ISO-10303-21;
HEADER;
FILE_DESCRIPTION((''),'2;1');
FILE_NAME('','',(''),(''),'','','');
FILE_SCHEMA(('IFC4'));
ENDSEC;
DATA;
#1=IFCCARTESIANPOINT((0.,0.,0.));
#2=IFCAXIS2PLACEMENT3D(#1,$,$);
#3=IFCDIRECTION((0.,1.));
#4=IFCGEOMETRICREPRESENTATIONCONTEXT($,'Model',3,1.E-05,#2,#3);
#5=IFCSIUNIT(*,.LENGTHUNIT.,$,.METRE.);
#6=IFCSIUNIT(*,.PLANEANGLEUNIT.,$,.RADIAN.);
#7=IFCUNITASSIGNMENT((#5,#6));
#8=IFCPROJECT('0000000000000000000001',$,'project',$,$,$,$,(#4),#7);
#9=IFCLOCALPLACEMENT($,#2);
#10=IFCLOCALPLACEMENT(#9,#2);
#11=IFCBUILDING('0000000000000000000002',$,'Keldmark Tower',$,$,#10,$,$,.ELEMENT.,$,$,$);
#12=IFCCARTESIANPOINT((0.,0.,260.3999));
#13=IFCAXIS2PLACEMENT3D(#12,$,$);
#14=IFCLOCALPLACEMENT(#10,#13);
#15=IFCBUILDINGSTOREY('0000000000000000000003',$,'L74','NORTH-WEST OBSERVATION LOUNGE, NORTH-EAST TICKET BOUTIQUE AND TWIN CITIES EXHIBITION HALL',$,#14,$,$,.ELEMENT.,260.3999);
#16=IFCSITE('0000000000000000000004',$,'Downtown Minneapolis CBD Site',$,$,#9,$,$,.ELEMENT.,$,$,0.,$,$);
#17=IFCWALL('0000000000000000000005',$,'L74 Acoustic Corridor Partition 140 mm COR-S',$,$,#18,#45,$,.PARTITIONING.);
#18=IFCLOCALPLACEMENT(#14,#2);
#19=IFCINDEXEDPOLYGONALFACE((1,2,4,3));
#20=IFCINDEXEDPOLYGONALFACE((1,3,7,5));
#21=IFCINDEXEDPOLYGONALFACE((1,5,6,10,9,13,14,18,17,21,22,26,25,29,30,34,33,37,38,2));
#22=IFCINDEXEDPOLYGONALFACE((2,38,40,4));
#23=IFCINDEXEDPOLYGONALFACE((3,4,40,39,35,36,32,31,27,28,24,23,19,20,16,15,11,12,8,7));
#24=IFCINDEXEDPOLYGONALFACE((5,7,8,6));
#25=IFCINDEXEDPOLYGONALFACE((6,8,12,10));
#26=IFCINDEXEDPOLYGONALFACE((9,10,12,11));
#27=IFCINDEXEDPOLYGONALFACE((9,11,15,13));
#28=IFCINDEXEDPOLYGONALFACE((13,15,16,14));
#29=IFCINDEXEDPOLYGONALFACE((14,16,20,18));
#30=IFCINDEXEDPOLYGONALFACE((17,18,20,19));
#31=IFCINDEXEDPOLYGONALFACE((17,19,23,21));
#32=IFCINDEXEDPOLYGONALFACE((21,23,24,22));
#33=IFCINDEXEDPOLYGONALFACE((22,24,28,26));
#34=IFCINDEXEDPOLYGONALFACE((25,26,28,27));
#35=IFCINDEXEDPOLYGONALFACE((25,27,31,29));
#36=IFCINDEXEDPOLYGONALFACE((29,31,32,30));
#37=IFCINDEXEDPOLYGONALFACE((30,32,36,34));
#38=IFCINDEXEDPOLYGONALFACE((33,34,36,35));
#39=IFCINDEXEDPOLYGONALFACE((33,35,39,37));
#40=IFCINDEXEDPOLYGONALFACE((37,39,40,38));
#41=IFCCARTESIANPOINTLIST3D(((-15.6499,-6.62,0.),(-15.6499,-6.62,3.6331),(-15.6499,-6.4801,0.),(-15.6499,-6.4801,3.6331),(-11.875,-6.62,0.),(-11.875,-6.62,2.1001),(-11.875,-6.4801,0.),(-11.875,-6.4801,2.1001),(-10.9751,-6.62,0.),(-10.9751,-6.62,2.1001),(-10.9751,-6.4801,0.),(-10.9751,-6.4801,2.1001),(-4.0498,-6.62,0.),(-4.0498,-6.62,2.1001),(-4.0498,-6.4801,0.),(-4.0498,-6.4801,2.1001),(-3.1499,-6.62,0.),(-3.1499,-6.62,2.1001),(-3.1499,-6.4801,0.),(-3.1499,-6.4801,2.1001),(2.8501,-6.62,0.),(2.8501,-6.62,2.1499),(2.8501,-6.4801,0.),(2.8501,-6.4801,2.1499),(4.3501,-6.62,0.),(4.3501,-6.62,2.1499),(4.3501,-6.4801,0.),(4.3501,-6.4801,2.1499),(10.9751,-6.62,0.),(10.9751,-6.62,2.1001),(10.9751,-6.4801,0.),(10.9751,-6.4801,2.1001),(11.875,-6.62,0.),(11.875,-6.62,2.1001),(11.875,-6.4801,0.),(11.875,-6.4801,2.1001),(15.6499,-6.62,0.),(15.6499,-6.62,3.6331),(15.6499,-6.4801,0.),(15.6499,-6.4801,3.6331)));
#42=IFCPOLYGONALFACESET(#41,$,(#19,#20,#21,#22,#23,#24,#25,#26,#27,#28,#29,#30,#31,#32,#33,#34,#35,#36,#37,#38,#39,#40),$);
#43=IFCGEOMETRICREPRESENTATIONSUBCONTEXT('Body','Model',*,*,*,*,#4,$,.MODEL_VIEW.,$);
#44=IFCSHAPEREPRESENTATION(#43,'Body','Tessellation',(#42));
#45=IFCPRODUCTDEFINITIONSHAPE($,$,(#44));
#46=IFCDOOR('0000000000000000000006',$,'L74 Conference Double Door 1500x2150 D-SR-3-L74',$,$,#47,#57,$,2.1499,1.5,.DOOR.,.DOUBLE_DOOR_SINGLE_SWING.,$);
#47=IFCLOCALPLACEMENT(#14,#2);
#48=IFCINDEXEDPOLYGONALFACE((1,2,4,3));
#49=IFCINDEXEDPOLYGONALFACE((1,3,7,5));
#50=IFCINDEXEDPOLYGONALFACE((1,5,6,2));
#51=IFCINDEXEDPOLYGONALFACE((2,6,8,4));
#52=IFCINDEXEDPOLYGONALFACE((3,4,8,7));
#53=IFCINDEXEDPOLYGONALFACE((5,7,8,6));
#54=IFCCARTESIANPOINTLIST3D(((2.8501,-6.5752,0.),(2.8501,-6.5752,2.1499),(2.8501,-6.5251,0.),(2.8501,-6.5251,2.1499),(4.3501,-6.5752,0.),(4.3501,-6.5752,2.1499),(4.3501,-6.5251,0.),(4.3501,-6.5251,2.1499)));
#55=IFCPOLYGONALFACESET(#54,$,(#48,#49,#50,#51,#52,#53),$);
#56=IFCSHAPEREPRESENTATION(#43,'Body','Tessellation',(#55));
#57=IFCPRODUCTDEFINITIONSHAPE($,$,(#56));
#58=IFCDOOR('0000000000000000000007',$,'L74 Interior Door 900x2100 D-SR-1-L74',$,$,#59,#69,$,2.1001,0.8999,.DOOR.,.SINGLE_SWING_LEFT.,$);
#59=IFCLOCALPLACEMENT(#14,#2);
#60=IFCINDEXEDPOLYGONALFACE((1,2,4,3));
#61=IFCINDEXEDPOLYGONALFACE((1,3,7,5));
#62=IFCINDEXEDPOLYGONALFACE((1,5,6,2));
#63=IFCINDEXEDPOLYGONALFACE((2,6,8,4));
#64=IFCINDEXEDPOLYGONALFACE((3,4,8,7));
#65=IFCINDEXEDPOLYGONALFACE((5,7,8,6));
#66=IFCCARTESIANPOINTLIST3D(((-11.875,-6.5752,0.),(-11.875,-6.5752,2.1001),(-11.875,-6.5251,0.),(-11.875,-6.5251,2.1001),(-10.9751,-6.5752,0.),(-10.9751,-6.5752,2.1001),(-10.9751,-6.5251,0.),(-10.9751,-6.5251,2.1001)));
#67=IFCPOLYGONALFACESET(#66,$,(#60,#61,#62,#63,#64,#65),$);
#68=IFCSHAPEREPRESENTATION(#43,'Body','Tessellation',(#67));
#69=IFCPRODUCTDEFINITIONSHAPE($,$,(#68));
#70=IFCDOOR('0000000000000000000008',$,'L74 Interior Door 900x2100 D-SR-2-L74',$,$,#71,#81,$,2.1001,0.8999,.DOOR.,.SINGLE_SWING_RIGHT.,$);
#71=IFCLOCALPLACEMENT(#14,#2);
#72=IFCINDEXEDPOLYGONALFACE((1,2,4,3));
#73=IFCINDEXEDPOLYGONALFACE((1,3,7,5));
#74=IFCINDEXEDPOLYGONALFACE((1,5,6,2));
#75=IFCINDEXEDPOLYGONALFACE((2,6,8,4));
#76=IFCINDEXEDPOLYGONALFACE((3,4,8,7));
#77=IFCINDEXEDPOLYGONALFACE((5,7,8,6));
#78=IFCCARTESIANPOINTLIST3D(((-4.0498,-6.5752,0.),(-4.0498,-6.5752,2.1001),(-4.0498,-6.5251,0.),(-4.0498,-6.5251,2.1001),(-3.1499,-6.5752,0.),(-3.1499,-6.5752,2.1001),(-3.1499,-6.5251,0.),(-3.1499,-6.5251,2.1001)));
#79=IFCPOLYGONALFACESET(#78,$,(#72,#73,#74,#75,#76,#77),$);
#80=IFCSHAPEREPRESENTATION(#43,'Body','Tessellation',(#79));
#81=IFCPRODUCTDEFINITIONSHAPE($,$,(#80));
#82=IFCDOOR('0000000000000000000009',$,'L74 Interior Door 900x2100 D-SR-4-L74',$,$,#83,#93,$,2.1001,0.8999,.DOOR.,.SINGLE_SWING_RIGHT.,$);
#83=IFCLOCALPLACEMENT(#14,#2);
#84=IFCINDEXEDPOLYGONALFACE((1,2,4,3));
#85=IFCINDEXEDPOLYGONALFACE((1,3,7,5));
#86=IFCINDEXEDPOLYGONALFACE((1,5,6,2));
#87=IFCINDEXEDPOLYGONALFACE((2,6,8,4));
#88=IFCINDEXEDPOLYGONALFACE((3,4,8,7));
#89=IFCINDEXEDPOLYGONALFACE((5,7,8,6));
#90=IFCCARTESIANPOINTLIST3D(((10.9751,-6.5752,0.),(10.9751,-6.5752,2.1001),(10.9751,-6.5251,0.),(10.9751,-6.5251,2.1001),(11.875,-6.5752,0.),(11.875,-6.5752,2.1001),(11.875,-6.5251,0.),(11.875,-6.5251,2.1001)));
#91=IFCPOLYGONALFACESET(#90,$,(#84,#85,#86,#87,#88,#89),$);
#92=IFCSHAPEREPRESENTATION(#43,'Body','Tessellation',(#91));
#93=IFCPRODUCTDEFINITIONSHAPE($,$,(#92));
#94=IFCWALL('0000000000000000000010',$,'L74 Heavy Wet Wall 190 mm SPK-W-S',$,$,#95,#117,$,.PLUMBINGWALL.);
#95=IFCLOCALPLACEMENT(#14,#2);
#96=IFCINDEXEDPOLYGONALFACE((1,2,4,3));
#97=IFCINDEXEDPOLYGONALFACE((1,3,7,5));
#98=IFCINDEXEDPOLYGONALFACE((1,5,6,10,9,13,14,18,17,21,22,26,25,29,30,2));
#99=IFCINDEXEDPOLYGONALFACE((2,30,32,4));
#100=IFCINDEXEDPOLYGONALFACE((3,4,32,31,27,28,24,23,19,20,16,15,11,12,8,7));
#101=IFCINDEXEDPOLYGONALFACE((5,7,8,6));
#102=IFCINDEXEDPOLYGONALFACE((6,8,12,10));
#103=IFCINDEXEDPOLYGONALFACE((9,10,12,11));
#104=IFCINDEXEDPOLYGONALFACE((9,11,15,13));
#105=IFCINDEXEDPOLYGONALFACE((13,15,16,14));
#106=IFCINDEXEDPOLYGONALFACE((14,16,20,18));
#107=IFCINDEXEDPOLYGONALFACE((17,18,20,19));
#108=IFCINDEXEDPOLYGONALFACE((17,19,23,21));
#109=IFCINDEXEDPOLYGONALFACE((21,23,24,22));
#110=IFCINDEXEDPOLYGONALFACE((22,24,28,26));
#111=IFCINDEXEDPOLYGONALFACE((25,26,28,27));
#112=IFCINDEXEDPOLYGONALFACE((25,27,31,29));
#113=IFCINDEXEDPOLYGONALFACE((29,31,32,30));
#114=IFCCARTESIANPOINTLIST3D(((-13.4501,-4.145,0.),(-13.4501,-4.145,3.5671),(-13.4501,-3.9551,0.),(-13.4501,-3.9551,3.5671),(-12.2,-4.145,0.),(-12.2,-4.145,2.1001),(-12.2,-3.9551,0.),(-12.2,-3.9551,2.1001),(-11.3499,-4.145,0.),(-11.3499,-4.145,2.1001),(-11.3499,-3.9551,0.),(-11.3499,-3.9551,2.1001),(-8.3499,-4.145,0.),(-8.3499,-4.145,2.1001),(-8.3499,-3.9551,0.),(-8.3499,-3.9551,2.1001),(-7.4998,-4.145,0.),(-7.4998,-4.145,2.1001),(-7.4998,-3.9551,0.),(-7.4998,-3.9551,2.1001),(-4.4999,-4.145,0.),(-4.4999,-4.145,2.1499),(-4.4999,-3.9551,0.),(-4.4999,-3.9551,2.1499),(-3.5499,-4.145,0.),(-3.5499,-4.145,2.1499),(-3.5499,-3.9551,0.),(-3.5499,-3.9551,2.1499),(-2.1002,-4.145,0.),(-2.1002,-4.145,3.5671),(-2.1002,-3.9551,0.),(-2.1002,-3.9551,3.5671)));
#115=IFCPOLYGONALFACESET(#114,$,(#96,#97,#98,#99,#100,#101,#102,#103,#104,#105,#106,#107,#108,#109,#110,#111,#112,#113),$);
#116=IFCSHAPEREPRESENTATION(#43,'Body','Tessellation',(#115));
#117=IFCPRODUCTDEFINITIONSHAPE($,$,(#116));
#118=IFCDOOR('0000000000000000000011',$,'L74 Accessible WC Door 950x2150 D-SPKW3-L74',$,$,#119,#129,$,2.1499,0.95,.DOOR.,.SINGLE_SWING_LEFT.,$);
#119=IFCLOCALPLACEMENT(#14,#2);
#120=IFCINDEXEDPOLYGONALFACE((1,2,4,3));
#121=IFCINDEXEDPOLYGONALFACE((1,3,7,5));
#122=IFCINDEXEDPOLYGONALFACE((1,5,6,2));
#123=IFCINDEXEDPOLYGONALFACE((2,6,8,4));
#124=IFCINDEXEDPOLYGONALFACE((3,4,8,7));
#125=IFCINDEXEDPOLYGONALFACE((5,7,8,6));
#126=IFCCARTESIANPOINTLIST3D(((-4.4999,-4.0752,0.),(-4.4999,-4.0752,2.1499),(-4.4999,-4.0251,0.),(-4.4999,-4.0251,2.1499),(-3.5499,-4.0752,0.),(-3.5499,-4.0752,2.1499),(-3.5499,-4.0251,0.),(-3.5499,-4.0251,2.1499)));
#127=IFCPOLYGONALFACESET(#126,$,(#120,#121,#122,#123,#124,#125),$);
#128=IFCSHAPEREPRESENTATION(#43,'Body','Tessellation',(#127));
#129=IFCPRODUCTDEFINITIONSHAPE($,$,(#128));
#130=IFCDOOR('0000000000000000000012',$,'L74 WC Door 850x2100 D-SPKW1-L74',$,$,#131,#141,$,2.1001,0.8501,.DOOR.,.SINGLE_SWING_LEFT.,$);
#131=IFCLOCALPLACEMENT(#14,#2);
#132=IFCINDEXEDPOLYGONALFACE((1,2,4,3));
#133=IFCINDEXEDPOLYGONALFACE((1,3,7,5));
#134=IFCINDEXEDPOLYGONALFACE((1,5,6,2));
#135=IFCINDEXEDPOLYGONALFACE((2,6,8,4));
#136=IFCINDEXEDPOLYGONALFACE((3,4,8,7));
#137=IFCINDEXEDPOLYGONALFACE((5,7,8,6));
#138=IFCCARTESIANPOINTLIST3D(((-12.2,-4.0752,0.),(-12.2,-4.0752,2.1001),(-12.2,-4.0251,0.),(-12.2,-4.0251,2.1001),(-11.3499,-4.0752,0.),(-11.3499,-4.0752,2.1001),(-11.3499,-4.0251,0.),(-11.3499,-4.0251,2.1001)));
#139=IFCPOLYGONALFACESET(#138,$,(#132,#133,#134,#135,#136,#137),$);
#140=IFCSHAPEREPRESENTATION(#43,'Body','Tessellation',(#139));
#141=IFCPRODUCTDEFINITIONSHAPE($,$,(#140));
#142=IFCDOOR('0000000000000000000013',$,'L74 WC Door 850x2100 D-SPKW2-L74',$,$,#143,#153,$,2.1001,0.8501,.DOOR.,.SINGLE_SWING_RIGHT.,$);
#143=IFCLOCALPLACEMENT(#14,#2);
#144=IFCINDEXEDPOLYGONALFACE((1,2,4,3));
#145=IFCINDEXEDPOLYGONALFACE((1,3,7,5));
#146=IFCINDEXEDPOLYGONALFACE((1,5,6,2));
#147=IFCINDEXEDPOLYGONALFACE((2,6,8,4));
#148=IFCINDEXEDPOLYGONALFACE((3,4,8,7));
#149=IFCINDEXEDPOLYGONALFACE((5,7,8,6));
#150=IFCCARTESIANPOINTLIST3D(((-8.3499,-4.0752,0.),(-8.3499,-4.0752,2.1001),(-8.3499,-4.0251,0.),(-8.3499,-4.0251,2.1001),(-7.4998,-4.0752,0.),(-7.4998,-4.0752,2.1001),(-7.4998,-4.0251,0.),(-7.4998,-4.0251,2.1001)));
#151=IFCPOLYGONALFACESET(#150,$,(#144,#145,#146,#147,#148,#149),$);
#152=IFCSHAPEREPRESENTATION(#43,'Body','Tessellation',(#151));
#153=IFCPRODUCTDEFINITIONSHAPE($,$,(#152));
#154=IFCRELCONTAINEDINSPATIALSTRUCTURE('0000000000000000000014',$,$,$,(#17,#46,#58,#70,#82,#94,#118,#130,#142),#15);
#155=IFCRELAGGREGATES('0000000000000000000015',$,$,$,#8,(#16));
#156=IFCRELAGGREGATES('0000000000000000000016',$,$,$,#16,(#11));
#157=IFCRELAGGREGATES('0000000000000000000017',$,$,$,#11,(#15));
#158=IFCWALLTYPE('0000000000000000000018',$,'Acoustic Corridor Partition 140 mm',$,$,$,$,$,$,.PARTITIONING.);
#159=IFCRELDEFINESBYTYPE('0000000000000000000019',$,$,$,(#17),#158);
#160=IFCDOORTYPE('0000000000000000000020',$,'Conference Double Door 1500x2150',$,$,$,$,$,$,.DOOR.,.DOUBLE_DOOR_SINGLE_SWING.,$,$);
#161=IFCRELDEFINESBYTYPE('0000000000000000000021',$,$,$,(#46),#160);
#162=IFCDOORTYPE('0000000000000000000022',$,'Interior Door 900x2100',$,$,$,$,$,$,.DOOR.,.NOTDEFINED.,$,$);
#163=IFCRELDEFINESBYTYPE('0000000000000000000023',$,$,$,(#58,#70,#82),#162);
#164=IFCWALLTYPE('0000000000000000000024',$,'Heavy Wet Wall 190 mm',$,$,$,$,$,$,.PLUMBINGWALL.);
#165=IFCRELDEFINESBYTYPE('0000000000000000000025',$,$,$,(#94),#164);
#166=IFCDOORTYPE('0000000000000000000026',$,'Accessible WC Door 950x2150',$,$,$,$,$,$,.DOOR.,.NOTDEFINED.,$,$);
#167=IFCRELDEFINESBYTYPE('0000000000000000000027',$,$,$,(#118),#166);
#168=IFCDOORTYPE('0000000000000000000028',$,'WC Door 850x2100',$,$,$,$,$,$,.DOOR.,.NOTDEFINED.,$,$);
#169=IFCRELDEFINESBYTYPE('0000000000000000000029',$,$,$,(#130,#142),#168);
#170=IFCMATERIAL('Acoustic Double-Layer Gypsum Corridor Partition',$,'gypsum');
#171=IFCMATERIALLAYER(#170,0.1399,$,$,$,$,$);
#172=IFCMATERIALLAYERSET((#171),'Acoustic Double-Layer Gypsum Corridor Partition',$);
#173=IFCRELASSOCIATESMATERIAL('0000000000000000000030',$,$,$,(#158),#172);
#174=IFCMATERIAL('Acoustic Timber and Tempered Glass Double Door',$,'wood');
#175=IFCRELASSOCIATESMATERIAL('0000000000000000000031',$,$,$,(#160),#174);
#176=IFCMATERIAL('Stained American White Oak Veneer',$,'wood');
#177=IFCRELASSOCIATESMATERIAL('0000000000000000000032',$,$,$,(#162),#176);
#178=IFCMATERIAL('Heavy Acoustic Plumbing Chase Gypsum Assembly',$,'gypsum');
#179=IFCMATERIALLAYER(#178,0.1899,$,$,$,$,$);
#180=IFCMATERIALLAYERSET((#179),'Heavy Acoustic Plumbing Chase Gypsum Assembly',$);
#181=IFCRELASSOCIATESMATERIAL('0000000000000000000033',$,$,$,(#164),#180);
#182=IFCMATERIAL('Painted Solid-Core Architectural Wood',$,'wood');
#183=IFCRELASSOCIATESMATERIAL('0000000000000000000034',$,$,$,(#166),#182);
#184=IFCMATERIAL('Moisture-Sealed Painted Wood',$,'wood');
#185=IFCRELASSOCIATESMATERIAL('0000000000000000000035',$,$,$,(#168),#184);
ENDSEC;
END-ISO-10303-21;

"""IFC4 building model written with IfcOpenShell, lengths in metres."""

from ifc_helpers import new_model, si_unit, direction, frame, frame_2d, origin, place, context, subcontext, project, spatial, rectangle, extrude, material, layer, layer_set, type_object, element, fill, save


model = new_model("IFC4")

# Units and contexts
model_context = context("Model", 3, precision=1e-05, world=origin(), true_north=direction((0.0, 1.0)))
body_context = subcontext(model_context, "Body", "Model", "MODEL_VIEW")
ifc_project = project(units=[si_unit("LENGTHUNIT", "METRE"), si_unit("PLANEANGLEUNIT", "RADIAN")], contexts=[model_context])

# Site, building, storey
site_placement = place(None, origin())
site = spatial("IfcSite", under=ifc_project, at=site_placement, Name="Downtown Minneapolis CBD Site", CompositionType="ELEMENT", RefElevation=0.0)
building_placement = place(site_placement, origin())
building = spatial("IfcBuilding", under=site, at=building_placement, Name="Keldmark Tower", CompositionType="ELEMENT")
storey_placement = place(building_placement, frame((0.0, 0.0, 260.3999)))
storey = spatial("IfcBuildingStorey", under=building, at=storey_placement, Name="L74", Description="NORTH-WEST OBSERVATION LOUNGE, NORTH-EAST TICKET BOUTIQUE AND TWIN CITIES EXHIBITION HALL", CompositionType="ELEMENT", Elevation=260.3999)

# Walls, openings, doors
ifc_material_1 = material(Name="Acoustic Double-Layer Gypsum Corridor Partition", Category="gypsum")
ifc_layer_1 = layer(ifc_material_1, 0.1399)
ifc_layer_set_1 = layer_set([ifc_layer_1], Name="Acoustic Double-Layer Gypsum Corridor Partition")
wall_type_1 = type_object("IfcWallType", Name="Acoustic Corridor Partition 140 mm", PredefinedType="PARTITIONING", material=ifc_layer_set_1)
wall_1_placement = place(storey_placement, frame((-15.6499, -6.55, 0.0), z_axis=(0.0, 0.0, 1.0), x_axis=(1.0, 0.0, 0.0)))
wall_1 = element("IfcWall", 1, at=wall_1_placement, inside=storey, type_object=wall_type_1, Name="L74 Acoustic Corridor Partition 140 mm COR-S", PredefinedType="PARTITIONING", context=body_context, shape_type="SweptSolid", body=[
    extrude(rectangle(XDim=31.2998, YDim=0.1399, at=frame_2d((15.6499, 0.0))), origin(), (0.0, 0.0, 1.0), 3.6331),
])
opening_1_placement = place(wall_1_placement, frame((3.7749, 0.0, 0.0)))
opening_1 = element("IfcOpeningElement", 2, at=opening_1_placement, cuts=wall_1, PredefinedType="OPENING", context=body_context, shape_type="SweptSolid", body=[
    extrude(rectangle(XDim=0.8999, YDim=2.1001, at=frame_2d((0.45, 1.05))), frame((0.0, 0.0798, 0.0), z_axis=(0.0, -1.0, 0.0), x_axis=(1.0, 0.0, 0.0)), (0.0, 0.0, 1.0), 0.1599),
])
opening_2_placement = place(wall_1_placement, frame((11.6001, 0.0, 0.0)))
opening_2 = element("IfcOpeningElement", 3, at=opening_2_placement, cuts=wall_1, PredefinedType="OPENING", context=body_context, shape_type="SweptSolid", body=[
    extrude(rectangle(XDim=0.8999, YDim=2.1001, at=frame_2d((0.45, 1.05))), frame((0.0, 0.0798, 0.0), z_axis=(0.0, -1.0, 0.0), x_axis=(1.0, 0.0, 0.0)), (0.0, 0.0, 1.0), 0.1599),
])
opening_3_placement = place(wall_1_placement, frame((18.5, 0.0, 0.0)))
opening_3 = element("IfcOpeningElement", 4, at=opening_3_placement, cuts=wall_1, PredefinedType="OPENING", context=body_context, shape_type="SweptSolid", body=[
    extrude(rectangle(XDim=1.5, YDim=2.1499, at=frame_2d((0.75, 1.075))), frame((0.0, 0.0798, 0.0), z_axis=(0.0, -1.0, 0.0), x_axis=(1.0, 0.0, 0.0)), (0.0, 0.0, 1.0), 0.1599),
])
opening_4_placement = place(wall_1_placement, frame((26.625, 0.0, 0.0)))
opening_4 = element("IfcOpeningElement", 5, at=opening_4_placement, cuts=wall_1, PredefinedType="OPENING", context=body_context, shape_type="SweptSolid", body=[
    extrude(rectangle(XDim=0.8999, YDim=2.1001, at=frame_2d((0.45, 1.05))), frame((0.0, 0.0798, 0.0), z_axis=(0.0, -1.0, 0.0), x_axis=(1.0, 0.0, 0.0)), (0.0, 0.0, 1.0), 0.1599),
])
ifc_material_2 = material(Name="Acoustic Timber and Tempered Glass Double Door", Category="wood")
door_type_1 = type_object("IfcDoorType", Name="Conference Double Door 1500x2150", OperationType="DOUBLE_DOOR_SINGLE_SWING", PredefinedType="DOOR", material=ifc_material_2)
door_1_placement = place(opening_3_placement, origin())
door_1 = element("IfcDoor", 6, at=door_1_placement, inside=storey, type_object=door_type_1, Name="L74 Conference Double Door 1500x2150 D-SR-3-L74", OperationType="DOUBLE_DOOR_SINGLE_SWING", OverallHeight=2.1499, OverallWidth=1.5, PredefinedType="DOOR", context=body_context, shape_type="SweptSolid", body=[
    extrude(rectangle(XDim=1.5, YDim=2.1499, at=frame_2d((0.75, 1.075))), frame((0.0, 0.0249, 0.0), z_axis=(0.0, -1.0, 0.0), x_axis=(1.0, 0.0, 0.0)), (0.0, 0.0, 1.0), 0.05),
])
fill(opening_3, door_1)
ifc_material_3 = material(Name="Stained American White Oak Veneer", Category="wood")
door_type_2 = type_object("IfcDoorType", Name="Interior Door 900x2100", OperationType="NOTDEFINED", PredefinedType="DOOR", material=ifc_material_3)
door_2_placement = place(opening_1_placement, origin())
door_2 = element("IfcDoor", 7, at=door_2_placement, inside=storey, type_object=door_type_2, Name="L74 Interior Door 900x2100 D-SR-1-L74", OperationType="SINGLE_SWING_LEFT", OverallHeight=2.1001, OverallWidth=0.8999, PredefinedType="DOOR", context=body_context, shape_type="SweptSolid", body=[
    extrude(rectangle(XDim=0.8999, YDim=2.1001, at=frame_2d((0.45, 1.05))), frame((0.0, 0.0249, 0.0), z_axis=(0.0, -1.0, 0.0), x_axis=(1.0, 0.0, 0.0)), (0.0, 0.0, 1.0), 0.05),
])
fill(opening_1, door_2)
door_3_placement = place(opening_2_placement, origin())
door_3 = element("IfcDoor", 8, at=door_3_placement, inside=storey, type_object=door_type_2, Name="L74 Interior Door 900x2100 D-SR-2-L74", OperationType="SINGLE_SWING_RIGHT", OverallHeight=2.1001, OverallWidth=0.8999, PredefinedType="DOOR", context=body_context, shape_type="SweptSolid", body=[
    extrude(rectangle(XDim=0.8999, YDim=2.1001, at=frame_2d((0.45, 1.05))), frame((0.0, 0.0249, 0.0), z_axis=(0.0, -1.0, 0.0), x_axis=(1.0, 0.0, 0.0)), (0.0, 0.0, 1.0), 0.05),
])
fill(opening_2, door_3)
door_4_placement = place(opening_4_placement, origin())
door_4 = element("IfcDoor", 9, at=door_4_placement, inside=storey, type_object=door_type_2, Name="L74 Interior Door 900x2100 D-SR-4-L74", OperationType="SINGLE_SWING_RIGHT", OverallHeight=2.1001, OverallWidth=0.8999, PredefinedType="DOOR", context=body_context, shape_type="SweptSolid", body=[
    extrude(rectangle(XDim=0.8999, YDim=2.1001, at=frame_2d((0.45, 1.05))), frame((0.0, 0.0249, 0.0), z_axis=(0.0, -1.0, 0.0), x_axis=(1.0, 0.0, 0.0)), (0.0, 0.0, 1.0), 0.05),
])
fill(opening_4, door_4)
ifc_material_4 = material(Name="Heavy Acoustic Plumbing Chase Gypsum Assembly", Category="gypsum")
ifc_layer_2 = layer(ifc_material_4, 0.1899)
ifc_layer_set_2 = layer_set([ifc_layer_2], Name="Heavy Acoustic Plumbing Chase Gypsum Assembly")
wall_type_2 = type_object("IfcWallType", Name="Heavy Wet Wall 190 mm", PredefinedType="PLUMBINGWALL", material=ifc_layer_set_2)
wall_2_placement = place(storey_placement, frame((-13.45, -4.05, 0.0), z_axis=(0.0, 0.0, 1.0), x_axis=(1.0, 0.0, 0.0)))
wall_2 = element("IfcWall", 10, at=wall_2_placement, inside=storey, type_object=wall_type_2, Name="L74 Heavy Wet Wall 190 mm SPK-W-S", PredefinedType="PLUMBINGWALL", context=body_context, shape_type="SweptSolid", body=[
    extrude(rectangle(XDim=11.3499, YDim=0.1899, at=frame_2d((5.6748, 0.0))), origin(), (0.0, 0.0, 1.0), 3.5671),
])
opening_5_placement = place(wall_2_placement, frame((1.25, 0.0, 0.0)))
opening_5 = element("IfcOpeningElement", 11, at=opening_5_placement, cuts=wall_2, PredefinedType="OPENING", context=body_context, shape_type="SweptSolid", body=[
    extrude(rectangle(XDim=0.8501, YDim=2.1001, at=frame_2d((0.425, 1.05))), frame((0.0, 0.105, 0.0), z_axis=(0.0, -1.0, 0.0), x_axis=(1.0, 0.0, 0.0)), (0.0, 0.0, 1.0), 0.21),
])
opening_6_placement = place(wall_2_placement, frame((5.1001, 0.0, 0.0)))
opening_6 = element("IfcOpeningElement", 12, at=opening_6_placement, cuts=wall_2, PredefinedType="OPENING", context=body_context, shape_type="SweptSolid", body=[
    extrude(rectangle(XDim=0.8501, YDim=2.1001, at=frame_2d((0.425, 1.05))), frame((0.0, 0.105, 0.0), z_axis=(0.0, -1.0, 0.0), x_axis=(1.0, 0.0, 0.0)), (0.0, 0.0, 1.0), 0.21),
])
opening_7_placement = place(wall_2_placement, frame((8.95, 0.0, 0.0)))
opening_7 = element("IfcOpeningElement", 13, at=opening_7_placement, cuts=wall_2, PredefinedType="OPENING", context=body_context, shape_type="SweptSolid", body=[
    extrude(rectangle(XDim=0.95, YDim=2.1499, at=frame_2d((0.4751, 1.075))), frame((0.0, 0.105, 0.0), z_axis=(0.0, -1.0, 0.0), x_axis=(1.0, 0.0, 0.0)), (0.0, 0.0, 1.0), 0.21),
])
ifc_material_5 = material(Name="Painted Solid-Core Architectural Wood", Category="wood")
door_type_3 = type_object("IfcDoorType", Name="Accessible WC Door 950x2150", OperationType="NOTDEFINED", PredefinedType="DOOR", material=ifc_material_5)
door_5_placement = place(opening_7_placement, origin())
door_5 = element("IfcDoor", 14, at=door_5_placement, inside=storey, type_object=door_type_3, Name="L74 Accessible WC Door 950x2150 D-SPKW3-L74", OperationType="SINGLE_SWING_LEFT", OverallHeight=2.1499, OverallWidth=0.95, PredefinedType="DOOR", context=body_context, shape_type="SweptSolid", body=[
    extrude(rectangle(XDim=0.95, YDim=2.1499, at=frame_2d((0.4751, 1.075))), frame((0.0, 0.0249, 0.0), z_axis=(0.0, -1.0, 0.0), x_axis=(1.0, 0.0, 0.0)), (0.0, 0.0, 1.0), 0.05),
])
fill(opening_7, door_5)
ifc_material_6 = material(Name="Moisture-Sealed Painted Wood", Category="wood")
door_type_4 = type_object("IfcDoorType", Name="WC Door 850x2100", OperationType="NOTDEFINED", PredefinedType="DOOR", material=ifc_material_6)
door_6_placement = place(opening_5_placement, origin())
door_6 = element("IfcDoor", 15, at=door_6_placement, inside=storey, type_object=door_type_4, Name="L74 WC Door 850x2100 D-SPKW1-L74", OperationType="SINGLE_SWING_LEFT", OverallHeight=2.1001, OverallWidth=0.8501, PredefinedType="DOOR", context=body_context, shape_type="SweptSolid", body=[
    extrude(rectangle(XDim=0.8501, YDim=2.1001, at=frame_2d((0.425, 1.05))), frame((0.0, 0.0249, 0.0), z_axis=(0.0, -1.0, 0.0), x_axis=(1.0, 0.0, 0.0)), (0.0, 0.0, 1.0), 0.05),
])
fill(opening_5, door_6)
door_7_placement = place(opening_6_placement, origin())
door_7 = element("IfcDoor", 16, at=door_7_placement, inside=storey, type_object=door_type_4, Name="L74 WC Door 850x2100 D-SPKW2-L74", OperationType="SINGLE_SWING_RIGHT", OverallHeight=2.1001, OverallWidth=0.8501, PredefinedType="DOOR", context=body_context, shape_type="SweptSolid", body=[
    extrude(rectangle(XDim=0.8501, YDim=2.1001, at=frame_2d((0.425, 1.05))), frame((0.0, 0.0249, 0.0), z_axis=(0.0, -1.0, 0.0), x_axis=(1.0, 0.0, 0.0)), (0.0, 0.0, 1.0), 0.05),
])
fill(opening_6, door_7)

save(model, "model.ifc")
